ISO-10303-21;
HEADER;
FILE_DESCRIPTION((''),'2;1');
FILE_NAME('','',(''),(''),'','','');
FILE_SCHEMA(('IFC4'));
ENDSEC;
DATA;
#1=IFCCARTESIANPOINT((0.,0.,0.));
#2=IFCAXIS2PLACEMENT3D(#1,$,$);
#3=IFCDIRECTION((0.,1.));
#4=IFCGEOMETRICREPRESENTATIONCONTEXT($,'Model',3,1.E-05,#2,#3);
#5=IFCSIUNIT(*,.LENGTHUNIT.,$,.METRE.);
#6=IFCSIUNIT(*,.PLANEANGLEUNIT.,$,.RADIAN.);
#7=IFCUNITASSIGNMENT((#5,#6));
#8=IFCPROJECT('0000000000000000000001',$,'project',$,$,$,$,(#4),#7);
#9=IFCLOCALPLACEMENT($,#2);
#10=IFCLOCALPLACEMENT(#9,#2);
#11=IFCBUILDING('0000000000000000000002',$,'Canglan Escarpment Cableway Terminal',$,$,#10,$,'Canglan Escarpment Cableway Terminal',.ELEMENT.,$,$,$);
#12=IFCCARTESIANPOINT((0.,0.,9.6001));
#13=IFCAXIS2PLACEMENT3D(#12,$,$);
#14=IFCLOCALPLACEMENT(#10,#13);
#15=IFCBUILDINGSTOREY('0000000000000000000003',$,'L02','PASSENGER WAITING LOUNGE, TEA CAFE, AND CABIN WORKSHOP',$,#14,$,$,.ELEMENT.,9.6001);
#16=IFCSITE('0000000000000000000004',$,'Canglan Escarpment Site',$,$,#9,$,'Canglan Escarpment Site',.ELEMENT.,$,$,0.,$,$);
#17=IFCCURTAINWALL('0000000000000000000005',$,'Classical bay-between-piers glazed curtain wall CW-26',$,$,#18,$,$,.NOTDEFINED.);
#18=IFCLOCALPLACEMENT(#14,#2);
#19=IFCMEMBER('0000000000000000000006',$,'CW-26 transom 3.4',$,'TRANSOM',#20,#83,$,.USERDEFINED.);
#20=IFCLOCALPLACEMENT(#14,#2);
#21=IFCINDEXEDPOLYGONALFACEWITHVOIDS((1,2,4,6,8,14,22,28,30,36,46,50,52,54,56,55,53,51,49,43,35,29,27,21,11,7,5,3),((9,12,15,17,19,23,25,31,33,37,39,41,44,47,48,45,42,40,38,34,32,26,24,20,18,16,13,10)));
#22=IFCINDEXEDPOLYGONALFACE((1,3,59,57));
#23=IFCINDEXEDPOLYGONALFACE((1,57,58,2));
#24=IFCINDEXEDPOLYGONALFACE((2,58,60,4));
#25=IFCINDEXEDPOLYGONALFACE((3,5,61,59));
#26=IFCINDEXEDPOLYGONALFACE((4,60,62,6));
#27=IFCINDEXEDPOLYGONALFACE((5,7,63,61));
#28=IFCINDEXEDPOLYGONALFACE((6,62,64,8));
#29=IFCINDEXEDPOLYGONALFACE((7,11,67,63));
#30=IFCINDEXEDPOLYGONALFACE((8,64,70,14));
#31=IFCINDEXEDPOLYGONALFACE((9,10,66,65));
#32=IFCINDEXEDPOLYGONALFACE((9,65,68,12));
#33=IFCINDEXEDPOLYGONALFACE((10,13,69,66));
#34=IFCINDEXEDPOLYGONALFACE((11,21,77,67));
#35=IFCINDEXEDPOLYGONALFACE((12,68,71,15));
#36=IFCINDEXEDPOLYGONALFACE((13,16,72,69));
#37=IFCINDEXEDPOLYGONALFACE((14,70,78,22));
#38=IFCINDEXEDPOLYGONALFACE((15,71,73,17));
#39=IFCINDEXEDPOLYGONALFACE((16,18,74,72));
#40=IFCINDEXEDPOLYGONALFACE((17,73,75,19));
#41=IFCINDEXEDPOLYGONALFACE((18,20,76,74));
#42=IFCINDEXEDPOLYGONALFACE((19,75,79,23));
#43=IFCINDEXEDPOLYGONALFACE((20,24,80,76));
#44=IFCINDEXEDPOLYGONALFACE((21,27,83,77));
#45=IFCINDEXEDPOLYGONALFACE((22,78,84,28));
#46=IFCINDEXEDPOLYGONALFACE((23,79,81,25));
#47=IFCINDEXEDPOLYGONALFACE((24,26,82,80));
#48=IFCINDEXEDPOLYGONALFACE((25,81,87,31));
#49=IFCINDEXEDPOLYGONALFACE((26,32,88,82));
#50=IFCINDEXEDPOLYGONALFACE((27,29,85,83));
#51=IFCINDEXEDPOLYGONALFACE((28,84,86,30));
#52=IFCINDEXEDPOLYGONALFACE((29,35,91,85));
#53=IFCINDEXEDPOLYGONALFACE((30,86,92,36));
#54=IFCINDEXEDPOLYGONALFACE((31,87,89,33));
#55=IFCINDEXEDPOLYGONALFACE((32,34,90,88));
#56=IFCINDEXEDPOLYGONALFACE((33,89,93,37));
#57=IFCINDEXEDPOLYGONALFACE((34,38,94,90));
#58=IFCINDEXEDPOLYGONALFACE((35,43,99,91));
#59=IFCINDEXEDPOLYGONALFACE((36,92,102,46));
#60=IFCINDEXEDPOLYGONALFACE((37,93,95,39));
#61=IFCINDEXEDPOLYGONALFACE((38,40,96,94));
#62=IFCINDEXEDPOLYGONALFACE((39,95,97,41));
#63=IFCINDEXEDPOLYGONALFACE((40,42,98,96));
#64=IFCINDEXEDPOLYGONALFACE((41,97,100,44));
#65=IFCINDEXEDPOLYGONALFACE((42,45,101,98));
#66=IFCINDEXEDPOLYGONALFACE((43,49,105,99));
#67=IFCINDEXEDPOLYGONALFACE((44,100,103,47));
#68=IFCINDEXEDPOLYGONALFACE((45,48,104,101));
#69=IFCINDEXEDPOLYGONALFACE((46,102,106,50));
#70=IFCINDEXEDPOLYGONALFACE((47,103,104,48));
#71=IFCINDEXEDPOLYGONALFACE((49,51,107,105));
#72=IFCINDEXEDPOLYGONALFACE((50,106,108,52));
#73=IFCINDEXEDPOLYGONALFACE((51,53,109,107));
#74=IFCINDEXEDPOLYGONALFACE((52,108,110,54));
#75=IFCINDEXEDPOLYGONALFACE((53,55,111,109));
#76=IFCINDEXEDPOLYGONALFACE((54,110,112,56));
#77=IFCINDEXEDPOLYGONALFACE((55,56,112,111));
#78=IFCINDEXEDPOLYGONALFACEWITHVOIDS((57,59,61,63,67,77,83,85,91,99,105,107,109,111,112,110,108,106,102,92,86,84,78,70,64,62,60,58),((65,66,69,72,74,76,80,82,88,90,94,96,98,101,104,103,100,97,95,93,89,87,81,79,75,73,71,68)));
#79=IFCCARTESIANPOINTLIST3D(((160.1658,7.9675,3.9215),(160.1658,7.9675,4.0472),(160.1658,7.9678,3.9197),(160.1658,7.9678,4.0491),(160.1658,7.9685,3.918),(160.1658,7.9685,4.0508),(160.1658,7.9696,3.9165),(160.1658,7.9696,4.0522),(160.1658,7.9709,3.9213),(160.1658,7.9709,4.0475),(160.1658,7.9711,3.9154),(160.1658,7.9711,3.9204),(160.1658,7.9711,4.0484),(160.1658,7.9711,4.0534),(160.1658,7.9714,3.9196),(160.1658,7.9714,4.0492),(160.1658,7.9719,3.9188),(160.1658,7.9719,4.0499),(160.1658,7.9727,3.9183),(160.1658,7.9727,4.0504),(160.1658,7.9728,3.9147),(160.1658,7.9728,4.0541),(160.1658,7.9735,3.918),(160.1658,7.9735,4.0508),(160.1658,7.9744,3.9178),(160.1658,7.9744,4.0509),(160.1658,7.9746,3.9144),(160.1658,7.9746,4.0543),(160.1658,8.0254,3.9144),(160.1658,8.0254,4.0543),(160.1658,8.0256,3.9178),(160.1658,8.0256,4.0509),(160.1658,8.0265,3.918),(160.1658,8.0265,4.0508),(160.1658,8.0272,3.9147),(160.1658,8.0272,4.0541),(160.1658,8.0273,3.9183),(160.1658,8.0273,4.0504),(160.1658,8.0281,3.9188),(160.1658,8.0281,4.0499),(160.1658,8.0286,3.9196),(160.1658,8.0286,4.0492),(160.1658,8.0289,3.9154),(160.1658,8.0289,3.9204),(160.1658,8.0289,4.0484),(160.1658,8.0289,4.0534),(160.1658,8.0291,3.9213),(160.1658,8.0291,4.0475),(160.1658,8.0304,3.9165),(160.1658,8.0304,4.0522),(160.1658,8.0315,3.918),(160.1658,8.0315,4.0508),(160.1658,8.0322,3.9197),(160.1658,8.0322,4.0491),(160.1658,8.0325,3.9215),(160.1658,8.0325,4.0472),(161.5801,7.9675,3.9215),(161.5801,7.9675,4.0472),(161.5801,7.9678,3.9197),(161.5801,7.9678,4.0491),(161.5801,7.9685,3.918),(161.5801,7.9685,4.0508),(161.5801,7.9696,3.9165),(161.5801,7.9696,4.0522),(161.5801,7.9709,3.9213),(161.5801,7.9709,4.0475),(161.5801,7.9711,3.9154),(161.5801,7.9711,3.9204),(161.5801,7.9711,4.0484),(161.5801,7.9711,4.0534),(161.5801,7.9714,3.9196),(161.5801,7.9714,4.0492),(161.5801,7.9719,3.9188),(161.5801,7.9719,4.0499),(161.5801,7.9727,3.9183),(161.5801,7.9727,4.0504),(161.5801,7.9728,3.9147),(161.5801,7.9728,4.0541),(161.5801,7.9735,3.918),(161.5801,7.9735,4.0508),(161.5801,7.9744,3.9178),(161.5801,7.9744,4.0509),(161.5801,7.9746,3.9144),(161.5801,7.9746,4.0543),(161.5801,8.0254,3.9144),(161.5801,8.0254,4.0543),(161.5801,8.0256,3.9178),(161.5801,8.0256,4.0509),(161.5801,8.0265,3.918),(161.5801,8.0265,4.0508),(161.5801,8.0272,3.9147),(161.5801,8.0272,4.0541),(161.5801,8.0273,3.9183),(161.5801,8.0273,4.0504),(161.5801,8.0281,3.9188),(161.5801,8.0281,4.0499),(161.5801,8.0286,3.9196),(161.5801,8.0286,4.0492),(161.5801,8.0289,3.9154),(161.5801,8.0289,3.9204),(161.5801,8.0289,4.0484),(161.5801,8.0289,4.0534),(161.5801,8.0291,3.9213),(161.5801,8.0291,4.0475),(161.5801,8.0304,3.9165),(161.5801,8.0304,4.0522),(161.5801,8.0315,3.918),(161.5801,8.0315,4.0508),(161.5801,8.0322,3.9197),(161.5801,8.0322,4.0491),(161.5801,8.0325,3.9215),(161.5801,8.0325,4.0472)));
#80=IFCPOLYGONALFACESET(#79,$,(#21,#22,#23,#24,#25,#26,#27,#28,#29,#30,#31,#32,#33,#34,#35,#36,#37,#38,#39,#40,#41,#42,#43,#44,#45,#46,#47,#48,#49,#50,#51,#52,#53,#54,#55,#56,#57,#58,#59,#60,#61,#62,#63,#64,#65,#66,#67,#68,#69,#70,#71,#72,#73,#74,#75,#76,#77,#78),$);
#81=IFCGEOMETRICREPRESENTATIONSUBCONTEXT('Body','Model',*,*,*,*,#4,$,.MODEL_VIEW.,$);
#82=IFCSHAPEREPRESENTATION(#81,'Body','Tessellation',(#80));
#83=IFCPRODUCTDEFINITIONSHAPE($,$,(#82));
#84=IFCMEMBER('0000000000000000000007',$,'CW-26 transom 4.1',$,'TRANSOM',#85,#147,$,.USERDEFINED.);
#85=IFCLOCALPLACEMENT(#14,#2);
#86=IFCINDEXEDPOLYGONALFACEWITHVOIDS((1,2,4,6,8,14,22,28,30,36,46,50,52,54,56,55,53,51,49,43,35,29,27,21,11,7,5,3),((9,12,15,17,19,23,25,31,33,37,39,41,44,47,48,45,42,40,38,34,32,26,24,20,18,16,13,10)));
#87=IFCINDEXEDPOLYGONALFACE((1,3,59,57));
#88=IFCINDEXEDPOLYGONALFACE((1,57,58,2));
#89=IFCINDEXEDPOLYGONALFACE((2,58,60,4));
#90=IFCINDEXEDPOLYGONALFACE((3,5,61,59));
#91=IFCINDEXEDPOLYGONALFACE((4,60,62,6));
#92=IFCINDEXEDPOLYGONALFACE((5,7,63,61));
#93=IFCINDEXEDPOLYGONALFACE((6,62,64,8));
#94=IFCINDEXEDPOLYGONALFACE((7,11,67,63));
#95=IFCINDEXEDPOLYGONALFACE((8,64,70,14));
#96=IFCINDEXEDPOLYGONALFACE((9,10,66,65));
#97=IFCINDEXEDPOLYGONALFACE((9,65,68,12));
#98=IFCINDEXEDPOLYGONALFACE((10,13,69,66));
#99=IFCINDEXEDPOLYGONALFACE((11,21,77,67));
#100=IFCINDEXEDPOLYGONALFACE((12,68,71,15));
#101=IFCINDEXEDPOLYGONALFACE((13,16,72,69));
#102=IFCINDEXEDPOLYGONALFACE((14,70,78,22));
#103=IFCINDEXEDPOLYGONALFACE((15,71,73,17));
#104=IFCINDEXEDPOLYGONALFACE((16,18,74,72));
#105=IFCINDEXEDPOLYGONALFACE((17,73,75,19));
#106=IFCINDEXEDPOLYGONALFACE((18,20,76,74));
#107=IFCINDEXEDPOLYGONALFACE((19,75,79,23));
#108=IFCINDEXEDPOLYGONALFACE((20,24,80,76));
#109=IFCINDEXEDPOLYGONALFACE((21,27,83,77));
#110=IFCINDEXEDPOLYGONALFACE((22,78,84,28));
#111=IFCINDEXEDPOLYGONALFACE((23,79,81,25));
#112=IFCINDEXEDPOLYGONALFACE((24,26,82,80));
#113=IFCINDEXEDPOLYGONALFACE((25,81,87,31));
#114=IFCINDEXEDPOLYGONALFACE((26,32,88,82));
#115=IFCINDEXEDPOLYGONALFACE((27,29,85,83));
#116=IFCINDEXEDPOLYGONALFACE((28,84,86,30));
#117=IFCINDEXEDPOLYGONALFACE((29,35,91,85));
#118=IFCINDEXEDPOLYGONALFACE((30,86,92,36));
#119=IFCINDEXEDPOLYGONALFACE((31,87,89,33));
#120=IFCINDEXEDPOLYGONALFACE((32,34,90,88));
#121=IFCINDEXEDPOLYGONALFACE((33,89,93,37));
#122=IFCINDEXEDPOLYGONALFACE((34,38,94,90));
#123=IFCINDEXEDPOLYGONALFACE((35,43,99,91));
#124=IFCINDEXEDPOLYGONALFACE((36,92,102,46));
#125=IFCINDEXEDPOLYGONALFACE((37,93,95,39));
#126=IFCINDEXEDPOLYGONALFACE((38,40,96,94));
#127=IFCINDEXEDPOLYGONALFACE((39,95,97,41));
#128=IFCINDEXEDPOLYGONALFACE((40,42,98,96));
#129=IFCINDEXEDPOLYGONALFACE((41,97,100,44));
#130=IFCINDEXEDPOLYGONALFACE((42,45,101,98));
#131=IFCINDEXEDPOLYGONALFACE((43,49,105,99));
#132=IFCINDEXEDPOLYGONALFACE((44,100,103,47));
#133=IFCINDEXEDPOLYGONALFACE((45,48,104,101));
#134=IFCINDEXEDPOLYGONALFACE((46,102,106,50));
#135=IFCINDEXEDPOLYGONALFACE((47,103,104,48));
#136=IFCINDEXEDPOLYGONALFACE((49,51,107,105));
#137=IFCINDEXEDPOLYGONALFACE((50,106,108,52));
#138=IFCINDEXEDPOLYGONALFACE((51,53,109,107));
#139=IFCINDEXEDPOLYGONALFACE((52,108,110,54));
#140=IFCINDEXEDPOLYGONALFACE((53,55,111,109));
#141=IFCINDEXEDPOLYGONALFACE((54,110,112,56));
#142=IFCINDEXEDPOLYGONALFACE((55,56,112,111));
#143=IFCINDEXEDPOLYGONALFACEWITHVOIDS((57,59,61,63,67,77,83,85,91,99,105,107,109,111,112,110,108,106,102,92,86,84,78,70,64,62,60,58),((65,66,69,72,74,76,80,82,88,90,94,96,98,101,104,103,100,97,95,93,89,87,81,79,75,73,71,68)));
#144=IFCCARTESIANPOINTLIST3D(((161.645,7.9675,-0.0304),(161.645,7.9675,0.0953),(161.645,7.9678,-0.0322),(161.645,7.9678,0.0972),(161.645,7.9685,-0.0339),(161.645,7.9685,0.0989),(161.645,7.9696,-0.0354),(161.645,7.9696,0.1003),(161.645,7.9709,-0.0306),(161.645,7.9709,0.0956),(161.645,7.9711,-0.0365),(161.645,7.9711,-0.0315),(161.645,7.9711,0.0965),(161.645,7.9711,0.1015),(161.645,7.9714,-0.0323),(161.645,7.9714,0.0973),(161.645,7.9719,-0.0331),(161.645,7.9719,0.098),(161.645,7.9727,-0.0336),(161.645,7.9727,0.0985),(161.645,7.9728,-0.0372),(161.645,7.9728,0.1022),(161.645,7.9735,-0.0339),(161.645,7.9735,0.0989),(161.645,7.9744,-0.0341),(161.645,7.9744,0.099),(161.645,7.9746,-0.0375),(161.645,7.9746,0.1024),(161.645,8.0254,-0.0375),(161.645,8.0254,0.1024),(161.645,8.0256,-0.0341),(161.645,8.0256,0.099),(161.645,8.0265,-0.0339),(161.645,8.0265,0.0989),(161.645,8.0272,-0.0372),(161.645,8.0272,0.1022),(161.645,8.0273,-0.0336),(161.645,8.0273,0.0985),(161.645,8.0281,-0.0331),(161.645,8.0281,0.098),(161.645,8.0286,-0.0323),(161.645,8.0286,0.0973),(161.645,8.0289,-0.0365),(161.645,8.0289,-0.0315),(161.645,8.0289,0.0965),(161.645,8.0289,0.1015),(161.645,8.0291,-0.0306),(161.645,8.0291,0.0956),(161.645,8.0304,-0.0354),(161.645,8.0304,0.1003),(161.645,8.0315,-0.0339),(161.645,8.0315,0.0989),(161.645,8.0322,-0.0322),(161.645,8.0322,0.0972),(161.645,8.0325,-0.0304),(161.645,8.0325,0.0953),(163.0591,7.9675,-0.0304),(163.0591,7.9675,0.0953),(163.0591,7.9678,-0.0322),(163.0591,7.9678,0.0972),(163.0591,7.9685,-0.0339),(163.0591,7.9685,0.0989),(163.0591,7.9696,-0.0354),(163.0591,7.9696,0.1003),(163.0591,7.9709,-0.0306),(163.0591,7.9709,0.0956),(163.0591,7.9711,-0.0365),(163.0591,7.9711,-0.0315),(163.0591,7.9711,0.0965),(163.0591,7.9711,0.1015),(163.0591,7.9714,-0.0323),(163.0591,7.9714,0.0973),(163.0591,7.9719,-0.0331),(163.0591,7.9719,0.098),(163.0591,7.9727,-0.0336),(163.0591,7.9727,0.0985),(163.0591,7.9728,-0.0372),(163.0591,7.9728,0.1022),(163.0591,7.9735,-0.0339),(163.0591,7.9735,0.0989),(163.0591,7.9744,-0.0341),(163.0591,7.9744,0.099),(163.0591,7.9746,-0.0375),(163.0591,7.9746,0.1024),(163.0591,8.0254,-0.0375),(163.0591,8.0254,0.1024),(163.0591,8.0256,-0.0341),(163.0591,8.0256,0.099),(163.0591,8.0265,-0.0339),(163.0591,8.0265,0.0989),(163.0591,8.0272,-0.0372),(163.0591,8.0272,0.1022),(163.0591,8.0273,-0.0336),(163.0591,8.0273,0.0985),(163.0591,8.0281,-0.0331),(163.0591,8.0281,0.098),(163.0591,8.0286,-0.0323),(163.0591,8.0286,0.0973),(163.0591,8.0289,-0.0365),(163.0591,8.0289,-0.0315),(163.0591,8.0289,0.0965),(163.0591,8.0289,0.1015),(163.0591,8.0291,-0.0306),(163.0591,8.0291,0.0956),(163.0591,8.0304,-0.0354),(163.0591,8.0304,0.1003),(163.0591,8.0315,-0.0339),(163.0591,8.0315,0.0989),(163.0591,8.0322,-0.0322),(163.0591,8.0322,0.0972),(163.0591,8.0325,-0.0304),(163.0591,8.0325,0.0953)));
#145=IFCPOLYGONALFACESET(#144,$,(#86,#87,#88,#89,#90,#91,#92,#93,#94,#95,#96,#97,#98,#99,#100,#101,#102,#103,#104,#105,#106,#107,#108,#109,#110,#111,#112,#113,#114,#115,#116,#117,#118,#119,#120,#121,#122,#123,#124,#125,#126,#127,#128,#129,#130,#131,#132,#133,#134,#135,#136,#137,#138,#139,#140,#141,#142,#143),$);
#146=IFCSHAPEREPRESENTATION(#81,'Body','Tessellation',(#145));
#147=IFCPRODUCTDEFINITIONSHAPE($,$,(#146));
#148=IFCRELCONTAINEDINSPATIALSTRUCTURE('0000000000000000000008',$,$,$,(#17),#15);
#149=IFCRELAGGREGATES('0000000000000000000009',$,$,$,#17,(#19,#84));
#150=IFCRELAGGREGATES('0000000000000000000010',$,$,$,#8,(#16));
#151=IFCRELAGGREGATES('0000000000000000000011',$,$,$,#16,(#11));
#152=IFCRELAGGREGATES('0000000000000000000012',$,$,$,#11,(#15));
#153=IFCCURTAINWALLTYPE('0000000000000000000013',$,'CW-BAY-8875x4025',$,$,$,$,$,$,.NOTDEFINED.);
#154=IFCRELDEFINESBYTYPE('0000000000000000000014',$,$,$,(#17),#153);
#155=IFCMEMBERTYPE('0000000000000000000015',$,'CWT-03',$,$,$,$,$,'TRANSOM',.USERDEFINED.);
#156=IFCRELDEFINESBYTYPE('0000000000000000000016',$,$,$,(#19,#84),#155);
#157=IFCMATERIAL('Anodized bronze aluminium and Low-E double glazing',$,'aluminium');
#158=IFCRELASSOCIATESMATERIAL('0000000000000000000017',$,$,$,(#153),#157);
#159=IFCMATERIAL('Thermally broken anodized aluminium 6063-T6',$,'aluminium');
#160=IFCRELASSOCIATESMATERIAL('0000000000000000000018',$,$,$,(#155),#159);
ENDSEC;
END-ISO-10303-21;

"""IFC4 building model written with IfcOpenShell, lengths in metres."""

from ifc_helpers import new_model, si_unit, direction, frame, origin, origin_2d, place, context, subcontext, project, spatial, hollow_rectangle, extrude, material, material_profile, profile_set, type_object, element, aggregate, save


model = new_model("IFC4")

# Units and contexts
model_context = context("Model", 3, precision=1e-05, world=origin(), true_north=direction((0.0, 1.0)))
body_context = subcontext(model_context, "Body", "Model", "MODEL_VIEW")
ifc_project = project(units=[si_unit("LENGTHUNIT", "METRE"), si_unit("PLANEANGLEUNIT", "RADIAN")], contexts=[model_context])

# Site, building, storey
site_placement = place(None, origin())
site = spatial("IfcSite", under=ifc_project, at=site_placement, Name="Canglan Escarpment Site", LongName="Canglan Escarpment Site", CompositionType="ELEMENT", RefElevation=0.0)
building_placement = place(site_placement, origin())
building = spatial("IfcBuilding", under=site, at=building_placement, Name="Canglan Escarpment Cableway Terminal", LongName="Canglan Escarpment Cableway Terminal", CompositionType="ELEMENT")
storey_placement = place(building_placement, frame((0.0, 0.0, 9.6001)))
storey = spatial("IfcBuildingStorey", under=building, at=storey_placement, Name="L02", Description="PASSENGER WAITING LOUNGE, TEA CAFE, AND CABIN WORKSHOP", CompositionType="ELEMENT", Elevation=9.6001)

# Curtain wall, members
ifc_material_1 = material(Name="Anodized bronze aluminium and Low-E double glazing", Category="aluminium")
curtain_wall_type = type_object("IfcCurtainWallType", Name="CW-BAY-8875x4025", PredefinedType="NOTDEFINED", material=ifc_material_1)
curtain_wall_placement = place(storey_placement, origin())
curtain_wall = element("IfcCurtainWall", 1, at=curtain_wall_placement, inside=storey, type_object=curtain_wall_type, Name="Classical bay-between-piers glazed curtain wall CW-26", PredefinedType="NOTDEFINED")
ifc_material_2 = material(Name="Thermally broken anodized aluminium 6063-T6", Category="aluminium")
ifc_material_profile_1 = material_profile(ifc_material_2, hollow_rectangle(XDim=0.0649, YDim=0.1399, WallThickness=0.0034, InnerFilletRadius=0.0034, OuterFilletRadius=0.0071, at=origin_2d()), Name="ALU-TRAN 65x140x3.5")
ifc_profile_set_1 = profile_set([ifc_material_profile_1], Name="Thermally broken anodized aluminium 6063-T6")
member_type_1 = type_object("IfcMemberType", Name="CWT-03", ElementType="TRANSOM", PredefinedType="USERDEFINED", material=ifc_profile_set_1)
member_1_placement = place(storey_placement, frame((160.1658, 8.0, 3.9844), z_axis=(1.0, 0.0, 0.0), x_axis=(0.0, 1.0, 0.0)))
member_1 = element("IfcMember", 2, at=member_1_placement, type_object=member_type_1, Name="CW-26 transom 3.4", ObjectType="TRANSOM", PredefinedType="USERDEFINED", context=body_context, shape_type="SweptSolid", body=[
    extrude(hollow_rectangle(XDim=0.0649, YDim=0.1399, WallThickness=0.0034, InnerFilletRadius=0.0034, OuterFilletRadius=0.0071, at=origin_2d()), origin(), (0.0, 0.0, 1.0), 1.4143),
])
member_2_placement = place(storey_placement, frame((161.645, 8.0, 0.0325), z_axis=(1.0, 0.0, 0.0), x_axis=(0.0, 1.0, 0.0)))
member_2 = element("IfcMember", 3, at=member_2_placement, type_object=member_type_1, Name="CW-26 transom 4.1", ObjectType="TRANSOM", PredefinedType="USERDEFINED", context=body_context, shape_type="SweptSolid", body=[
    extrude(hollow_rectangle(XDim=0.0649, YDim=0.1399, WallThickness=0.0034, InnerFilletRadius=0.0034, OuterFilletRadius=0.0071, at=origin_2d()), origin(), (0.0, 0.0, 1.0), 1.4141),
])
aggregate(curtain_wall, [member_1, member_2])

save(model, "model.ifc")
